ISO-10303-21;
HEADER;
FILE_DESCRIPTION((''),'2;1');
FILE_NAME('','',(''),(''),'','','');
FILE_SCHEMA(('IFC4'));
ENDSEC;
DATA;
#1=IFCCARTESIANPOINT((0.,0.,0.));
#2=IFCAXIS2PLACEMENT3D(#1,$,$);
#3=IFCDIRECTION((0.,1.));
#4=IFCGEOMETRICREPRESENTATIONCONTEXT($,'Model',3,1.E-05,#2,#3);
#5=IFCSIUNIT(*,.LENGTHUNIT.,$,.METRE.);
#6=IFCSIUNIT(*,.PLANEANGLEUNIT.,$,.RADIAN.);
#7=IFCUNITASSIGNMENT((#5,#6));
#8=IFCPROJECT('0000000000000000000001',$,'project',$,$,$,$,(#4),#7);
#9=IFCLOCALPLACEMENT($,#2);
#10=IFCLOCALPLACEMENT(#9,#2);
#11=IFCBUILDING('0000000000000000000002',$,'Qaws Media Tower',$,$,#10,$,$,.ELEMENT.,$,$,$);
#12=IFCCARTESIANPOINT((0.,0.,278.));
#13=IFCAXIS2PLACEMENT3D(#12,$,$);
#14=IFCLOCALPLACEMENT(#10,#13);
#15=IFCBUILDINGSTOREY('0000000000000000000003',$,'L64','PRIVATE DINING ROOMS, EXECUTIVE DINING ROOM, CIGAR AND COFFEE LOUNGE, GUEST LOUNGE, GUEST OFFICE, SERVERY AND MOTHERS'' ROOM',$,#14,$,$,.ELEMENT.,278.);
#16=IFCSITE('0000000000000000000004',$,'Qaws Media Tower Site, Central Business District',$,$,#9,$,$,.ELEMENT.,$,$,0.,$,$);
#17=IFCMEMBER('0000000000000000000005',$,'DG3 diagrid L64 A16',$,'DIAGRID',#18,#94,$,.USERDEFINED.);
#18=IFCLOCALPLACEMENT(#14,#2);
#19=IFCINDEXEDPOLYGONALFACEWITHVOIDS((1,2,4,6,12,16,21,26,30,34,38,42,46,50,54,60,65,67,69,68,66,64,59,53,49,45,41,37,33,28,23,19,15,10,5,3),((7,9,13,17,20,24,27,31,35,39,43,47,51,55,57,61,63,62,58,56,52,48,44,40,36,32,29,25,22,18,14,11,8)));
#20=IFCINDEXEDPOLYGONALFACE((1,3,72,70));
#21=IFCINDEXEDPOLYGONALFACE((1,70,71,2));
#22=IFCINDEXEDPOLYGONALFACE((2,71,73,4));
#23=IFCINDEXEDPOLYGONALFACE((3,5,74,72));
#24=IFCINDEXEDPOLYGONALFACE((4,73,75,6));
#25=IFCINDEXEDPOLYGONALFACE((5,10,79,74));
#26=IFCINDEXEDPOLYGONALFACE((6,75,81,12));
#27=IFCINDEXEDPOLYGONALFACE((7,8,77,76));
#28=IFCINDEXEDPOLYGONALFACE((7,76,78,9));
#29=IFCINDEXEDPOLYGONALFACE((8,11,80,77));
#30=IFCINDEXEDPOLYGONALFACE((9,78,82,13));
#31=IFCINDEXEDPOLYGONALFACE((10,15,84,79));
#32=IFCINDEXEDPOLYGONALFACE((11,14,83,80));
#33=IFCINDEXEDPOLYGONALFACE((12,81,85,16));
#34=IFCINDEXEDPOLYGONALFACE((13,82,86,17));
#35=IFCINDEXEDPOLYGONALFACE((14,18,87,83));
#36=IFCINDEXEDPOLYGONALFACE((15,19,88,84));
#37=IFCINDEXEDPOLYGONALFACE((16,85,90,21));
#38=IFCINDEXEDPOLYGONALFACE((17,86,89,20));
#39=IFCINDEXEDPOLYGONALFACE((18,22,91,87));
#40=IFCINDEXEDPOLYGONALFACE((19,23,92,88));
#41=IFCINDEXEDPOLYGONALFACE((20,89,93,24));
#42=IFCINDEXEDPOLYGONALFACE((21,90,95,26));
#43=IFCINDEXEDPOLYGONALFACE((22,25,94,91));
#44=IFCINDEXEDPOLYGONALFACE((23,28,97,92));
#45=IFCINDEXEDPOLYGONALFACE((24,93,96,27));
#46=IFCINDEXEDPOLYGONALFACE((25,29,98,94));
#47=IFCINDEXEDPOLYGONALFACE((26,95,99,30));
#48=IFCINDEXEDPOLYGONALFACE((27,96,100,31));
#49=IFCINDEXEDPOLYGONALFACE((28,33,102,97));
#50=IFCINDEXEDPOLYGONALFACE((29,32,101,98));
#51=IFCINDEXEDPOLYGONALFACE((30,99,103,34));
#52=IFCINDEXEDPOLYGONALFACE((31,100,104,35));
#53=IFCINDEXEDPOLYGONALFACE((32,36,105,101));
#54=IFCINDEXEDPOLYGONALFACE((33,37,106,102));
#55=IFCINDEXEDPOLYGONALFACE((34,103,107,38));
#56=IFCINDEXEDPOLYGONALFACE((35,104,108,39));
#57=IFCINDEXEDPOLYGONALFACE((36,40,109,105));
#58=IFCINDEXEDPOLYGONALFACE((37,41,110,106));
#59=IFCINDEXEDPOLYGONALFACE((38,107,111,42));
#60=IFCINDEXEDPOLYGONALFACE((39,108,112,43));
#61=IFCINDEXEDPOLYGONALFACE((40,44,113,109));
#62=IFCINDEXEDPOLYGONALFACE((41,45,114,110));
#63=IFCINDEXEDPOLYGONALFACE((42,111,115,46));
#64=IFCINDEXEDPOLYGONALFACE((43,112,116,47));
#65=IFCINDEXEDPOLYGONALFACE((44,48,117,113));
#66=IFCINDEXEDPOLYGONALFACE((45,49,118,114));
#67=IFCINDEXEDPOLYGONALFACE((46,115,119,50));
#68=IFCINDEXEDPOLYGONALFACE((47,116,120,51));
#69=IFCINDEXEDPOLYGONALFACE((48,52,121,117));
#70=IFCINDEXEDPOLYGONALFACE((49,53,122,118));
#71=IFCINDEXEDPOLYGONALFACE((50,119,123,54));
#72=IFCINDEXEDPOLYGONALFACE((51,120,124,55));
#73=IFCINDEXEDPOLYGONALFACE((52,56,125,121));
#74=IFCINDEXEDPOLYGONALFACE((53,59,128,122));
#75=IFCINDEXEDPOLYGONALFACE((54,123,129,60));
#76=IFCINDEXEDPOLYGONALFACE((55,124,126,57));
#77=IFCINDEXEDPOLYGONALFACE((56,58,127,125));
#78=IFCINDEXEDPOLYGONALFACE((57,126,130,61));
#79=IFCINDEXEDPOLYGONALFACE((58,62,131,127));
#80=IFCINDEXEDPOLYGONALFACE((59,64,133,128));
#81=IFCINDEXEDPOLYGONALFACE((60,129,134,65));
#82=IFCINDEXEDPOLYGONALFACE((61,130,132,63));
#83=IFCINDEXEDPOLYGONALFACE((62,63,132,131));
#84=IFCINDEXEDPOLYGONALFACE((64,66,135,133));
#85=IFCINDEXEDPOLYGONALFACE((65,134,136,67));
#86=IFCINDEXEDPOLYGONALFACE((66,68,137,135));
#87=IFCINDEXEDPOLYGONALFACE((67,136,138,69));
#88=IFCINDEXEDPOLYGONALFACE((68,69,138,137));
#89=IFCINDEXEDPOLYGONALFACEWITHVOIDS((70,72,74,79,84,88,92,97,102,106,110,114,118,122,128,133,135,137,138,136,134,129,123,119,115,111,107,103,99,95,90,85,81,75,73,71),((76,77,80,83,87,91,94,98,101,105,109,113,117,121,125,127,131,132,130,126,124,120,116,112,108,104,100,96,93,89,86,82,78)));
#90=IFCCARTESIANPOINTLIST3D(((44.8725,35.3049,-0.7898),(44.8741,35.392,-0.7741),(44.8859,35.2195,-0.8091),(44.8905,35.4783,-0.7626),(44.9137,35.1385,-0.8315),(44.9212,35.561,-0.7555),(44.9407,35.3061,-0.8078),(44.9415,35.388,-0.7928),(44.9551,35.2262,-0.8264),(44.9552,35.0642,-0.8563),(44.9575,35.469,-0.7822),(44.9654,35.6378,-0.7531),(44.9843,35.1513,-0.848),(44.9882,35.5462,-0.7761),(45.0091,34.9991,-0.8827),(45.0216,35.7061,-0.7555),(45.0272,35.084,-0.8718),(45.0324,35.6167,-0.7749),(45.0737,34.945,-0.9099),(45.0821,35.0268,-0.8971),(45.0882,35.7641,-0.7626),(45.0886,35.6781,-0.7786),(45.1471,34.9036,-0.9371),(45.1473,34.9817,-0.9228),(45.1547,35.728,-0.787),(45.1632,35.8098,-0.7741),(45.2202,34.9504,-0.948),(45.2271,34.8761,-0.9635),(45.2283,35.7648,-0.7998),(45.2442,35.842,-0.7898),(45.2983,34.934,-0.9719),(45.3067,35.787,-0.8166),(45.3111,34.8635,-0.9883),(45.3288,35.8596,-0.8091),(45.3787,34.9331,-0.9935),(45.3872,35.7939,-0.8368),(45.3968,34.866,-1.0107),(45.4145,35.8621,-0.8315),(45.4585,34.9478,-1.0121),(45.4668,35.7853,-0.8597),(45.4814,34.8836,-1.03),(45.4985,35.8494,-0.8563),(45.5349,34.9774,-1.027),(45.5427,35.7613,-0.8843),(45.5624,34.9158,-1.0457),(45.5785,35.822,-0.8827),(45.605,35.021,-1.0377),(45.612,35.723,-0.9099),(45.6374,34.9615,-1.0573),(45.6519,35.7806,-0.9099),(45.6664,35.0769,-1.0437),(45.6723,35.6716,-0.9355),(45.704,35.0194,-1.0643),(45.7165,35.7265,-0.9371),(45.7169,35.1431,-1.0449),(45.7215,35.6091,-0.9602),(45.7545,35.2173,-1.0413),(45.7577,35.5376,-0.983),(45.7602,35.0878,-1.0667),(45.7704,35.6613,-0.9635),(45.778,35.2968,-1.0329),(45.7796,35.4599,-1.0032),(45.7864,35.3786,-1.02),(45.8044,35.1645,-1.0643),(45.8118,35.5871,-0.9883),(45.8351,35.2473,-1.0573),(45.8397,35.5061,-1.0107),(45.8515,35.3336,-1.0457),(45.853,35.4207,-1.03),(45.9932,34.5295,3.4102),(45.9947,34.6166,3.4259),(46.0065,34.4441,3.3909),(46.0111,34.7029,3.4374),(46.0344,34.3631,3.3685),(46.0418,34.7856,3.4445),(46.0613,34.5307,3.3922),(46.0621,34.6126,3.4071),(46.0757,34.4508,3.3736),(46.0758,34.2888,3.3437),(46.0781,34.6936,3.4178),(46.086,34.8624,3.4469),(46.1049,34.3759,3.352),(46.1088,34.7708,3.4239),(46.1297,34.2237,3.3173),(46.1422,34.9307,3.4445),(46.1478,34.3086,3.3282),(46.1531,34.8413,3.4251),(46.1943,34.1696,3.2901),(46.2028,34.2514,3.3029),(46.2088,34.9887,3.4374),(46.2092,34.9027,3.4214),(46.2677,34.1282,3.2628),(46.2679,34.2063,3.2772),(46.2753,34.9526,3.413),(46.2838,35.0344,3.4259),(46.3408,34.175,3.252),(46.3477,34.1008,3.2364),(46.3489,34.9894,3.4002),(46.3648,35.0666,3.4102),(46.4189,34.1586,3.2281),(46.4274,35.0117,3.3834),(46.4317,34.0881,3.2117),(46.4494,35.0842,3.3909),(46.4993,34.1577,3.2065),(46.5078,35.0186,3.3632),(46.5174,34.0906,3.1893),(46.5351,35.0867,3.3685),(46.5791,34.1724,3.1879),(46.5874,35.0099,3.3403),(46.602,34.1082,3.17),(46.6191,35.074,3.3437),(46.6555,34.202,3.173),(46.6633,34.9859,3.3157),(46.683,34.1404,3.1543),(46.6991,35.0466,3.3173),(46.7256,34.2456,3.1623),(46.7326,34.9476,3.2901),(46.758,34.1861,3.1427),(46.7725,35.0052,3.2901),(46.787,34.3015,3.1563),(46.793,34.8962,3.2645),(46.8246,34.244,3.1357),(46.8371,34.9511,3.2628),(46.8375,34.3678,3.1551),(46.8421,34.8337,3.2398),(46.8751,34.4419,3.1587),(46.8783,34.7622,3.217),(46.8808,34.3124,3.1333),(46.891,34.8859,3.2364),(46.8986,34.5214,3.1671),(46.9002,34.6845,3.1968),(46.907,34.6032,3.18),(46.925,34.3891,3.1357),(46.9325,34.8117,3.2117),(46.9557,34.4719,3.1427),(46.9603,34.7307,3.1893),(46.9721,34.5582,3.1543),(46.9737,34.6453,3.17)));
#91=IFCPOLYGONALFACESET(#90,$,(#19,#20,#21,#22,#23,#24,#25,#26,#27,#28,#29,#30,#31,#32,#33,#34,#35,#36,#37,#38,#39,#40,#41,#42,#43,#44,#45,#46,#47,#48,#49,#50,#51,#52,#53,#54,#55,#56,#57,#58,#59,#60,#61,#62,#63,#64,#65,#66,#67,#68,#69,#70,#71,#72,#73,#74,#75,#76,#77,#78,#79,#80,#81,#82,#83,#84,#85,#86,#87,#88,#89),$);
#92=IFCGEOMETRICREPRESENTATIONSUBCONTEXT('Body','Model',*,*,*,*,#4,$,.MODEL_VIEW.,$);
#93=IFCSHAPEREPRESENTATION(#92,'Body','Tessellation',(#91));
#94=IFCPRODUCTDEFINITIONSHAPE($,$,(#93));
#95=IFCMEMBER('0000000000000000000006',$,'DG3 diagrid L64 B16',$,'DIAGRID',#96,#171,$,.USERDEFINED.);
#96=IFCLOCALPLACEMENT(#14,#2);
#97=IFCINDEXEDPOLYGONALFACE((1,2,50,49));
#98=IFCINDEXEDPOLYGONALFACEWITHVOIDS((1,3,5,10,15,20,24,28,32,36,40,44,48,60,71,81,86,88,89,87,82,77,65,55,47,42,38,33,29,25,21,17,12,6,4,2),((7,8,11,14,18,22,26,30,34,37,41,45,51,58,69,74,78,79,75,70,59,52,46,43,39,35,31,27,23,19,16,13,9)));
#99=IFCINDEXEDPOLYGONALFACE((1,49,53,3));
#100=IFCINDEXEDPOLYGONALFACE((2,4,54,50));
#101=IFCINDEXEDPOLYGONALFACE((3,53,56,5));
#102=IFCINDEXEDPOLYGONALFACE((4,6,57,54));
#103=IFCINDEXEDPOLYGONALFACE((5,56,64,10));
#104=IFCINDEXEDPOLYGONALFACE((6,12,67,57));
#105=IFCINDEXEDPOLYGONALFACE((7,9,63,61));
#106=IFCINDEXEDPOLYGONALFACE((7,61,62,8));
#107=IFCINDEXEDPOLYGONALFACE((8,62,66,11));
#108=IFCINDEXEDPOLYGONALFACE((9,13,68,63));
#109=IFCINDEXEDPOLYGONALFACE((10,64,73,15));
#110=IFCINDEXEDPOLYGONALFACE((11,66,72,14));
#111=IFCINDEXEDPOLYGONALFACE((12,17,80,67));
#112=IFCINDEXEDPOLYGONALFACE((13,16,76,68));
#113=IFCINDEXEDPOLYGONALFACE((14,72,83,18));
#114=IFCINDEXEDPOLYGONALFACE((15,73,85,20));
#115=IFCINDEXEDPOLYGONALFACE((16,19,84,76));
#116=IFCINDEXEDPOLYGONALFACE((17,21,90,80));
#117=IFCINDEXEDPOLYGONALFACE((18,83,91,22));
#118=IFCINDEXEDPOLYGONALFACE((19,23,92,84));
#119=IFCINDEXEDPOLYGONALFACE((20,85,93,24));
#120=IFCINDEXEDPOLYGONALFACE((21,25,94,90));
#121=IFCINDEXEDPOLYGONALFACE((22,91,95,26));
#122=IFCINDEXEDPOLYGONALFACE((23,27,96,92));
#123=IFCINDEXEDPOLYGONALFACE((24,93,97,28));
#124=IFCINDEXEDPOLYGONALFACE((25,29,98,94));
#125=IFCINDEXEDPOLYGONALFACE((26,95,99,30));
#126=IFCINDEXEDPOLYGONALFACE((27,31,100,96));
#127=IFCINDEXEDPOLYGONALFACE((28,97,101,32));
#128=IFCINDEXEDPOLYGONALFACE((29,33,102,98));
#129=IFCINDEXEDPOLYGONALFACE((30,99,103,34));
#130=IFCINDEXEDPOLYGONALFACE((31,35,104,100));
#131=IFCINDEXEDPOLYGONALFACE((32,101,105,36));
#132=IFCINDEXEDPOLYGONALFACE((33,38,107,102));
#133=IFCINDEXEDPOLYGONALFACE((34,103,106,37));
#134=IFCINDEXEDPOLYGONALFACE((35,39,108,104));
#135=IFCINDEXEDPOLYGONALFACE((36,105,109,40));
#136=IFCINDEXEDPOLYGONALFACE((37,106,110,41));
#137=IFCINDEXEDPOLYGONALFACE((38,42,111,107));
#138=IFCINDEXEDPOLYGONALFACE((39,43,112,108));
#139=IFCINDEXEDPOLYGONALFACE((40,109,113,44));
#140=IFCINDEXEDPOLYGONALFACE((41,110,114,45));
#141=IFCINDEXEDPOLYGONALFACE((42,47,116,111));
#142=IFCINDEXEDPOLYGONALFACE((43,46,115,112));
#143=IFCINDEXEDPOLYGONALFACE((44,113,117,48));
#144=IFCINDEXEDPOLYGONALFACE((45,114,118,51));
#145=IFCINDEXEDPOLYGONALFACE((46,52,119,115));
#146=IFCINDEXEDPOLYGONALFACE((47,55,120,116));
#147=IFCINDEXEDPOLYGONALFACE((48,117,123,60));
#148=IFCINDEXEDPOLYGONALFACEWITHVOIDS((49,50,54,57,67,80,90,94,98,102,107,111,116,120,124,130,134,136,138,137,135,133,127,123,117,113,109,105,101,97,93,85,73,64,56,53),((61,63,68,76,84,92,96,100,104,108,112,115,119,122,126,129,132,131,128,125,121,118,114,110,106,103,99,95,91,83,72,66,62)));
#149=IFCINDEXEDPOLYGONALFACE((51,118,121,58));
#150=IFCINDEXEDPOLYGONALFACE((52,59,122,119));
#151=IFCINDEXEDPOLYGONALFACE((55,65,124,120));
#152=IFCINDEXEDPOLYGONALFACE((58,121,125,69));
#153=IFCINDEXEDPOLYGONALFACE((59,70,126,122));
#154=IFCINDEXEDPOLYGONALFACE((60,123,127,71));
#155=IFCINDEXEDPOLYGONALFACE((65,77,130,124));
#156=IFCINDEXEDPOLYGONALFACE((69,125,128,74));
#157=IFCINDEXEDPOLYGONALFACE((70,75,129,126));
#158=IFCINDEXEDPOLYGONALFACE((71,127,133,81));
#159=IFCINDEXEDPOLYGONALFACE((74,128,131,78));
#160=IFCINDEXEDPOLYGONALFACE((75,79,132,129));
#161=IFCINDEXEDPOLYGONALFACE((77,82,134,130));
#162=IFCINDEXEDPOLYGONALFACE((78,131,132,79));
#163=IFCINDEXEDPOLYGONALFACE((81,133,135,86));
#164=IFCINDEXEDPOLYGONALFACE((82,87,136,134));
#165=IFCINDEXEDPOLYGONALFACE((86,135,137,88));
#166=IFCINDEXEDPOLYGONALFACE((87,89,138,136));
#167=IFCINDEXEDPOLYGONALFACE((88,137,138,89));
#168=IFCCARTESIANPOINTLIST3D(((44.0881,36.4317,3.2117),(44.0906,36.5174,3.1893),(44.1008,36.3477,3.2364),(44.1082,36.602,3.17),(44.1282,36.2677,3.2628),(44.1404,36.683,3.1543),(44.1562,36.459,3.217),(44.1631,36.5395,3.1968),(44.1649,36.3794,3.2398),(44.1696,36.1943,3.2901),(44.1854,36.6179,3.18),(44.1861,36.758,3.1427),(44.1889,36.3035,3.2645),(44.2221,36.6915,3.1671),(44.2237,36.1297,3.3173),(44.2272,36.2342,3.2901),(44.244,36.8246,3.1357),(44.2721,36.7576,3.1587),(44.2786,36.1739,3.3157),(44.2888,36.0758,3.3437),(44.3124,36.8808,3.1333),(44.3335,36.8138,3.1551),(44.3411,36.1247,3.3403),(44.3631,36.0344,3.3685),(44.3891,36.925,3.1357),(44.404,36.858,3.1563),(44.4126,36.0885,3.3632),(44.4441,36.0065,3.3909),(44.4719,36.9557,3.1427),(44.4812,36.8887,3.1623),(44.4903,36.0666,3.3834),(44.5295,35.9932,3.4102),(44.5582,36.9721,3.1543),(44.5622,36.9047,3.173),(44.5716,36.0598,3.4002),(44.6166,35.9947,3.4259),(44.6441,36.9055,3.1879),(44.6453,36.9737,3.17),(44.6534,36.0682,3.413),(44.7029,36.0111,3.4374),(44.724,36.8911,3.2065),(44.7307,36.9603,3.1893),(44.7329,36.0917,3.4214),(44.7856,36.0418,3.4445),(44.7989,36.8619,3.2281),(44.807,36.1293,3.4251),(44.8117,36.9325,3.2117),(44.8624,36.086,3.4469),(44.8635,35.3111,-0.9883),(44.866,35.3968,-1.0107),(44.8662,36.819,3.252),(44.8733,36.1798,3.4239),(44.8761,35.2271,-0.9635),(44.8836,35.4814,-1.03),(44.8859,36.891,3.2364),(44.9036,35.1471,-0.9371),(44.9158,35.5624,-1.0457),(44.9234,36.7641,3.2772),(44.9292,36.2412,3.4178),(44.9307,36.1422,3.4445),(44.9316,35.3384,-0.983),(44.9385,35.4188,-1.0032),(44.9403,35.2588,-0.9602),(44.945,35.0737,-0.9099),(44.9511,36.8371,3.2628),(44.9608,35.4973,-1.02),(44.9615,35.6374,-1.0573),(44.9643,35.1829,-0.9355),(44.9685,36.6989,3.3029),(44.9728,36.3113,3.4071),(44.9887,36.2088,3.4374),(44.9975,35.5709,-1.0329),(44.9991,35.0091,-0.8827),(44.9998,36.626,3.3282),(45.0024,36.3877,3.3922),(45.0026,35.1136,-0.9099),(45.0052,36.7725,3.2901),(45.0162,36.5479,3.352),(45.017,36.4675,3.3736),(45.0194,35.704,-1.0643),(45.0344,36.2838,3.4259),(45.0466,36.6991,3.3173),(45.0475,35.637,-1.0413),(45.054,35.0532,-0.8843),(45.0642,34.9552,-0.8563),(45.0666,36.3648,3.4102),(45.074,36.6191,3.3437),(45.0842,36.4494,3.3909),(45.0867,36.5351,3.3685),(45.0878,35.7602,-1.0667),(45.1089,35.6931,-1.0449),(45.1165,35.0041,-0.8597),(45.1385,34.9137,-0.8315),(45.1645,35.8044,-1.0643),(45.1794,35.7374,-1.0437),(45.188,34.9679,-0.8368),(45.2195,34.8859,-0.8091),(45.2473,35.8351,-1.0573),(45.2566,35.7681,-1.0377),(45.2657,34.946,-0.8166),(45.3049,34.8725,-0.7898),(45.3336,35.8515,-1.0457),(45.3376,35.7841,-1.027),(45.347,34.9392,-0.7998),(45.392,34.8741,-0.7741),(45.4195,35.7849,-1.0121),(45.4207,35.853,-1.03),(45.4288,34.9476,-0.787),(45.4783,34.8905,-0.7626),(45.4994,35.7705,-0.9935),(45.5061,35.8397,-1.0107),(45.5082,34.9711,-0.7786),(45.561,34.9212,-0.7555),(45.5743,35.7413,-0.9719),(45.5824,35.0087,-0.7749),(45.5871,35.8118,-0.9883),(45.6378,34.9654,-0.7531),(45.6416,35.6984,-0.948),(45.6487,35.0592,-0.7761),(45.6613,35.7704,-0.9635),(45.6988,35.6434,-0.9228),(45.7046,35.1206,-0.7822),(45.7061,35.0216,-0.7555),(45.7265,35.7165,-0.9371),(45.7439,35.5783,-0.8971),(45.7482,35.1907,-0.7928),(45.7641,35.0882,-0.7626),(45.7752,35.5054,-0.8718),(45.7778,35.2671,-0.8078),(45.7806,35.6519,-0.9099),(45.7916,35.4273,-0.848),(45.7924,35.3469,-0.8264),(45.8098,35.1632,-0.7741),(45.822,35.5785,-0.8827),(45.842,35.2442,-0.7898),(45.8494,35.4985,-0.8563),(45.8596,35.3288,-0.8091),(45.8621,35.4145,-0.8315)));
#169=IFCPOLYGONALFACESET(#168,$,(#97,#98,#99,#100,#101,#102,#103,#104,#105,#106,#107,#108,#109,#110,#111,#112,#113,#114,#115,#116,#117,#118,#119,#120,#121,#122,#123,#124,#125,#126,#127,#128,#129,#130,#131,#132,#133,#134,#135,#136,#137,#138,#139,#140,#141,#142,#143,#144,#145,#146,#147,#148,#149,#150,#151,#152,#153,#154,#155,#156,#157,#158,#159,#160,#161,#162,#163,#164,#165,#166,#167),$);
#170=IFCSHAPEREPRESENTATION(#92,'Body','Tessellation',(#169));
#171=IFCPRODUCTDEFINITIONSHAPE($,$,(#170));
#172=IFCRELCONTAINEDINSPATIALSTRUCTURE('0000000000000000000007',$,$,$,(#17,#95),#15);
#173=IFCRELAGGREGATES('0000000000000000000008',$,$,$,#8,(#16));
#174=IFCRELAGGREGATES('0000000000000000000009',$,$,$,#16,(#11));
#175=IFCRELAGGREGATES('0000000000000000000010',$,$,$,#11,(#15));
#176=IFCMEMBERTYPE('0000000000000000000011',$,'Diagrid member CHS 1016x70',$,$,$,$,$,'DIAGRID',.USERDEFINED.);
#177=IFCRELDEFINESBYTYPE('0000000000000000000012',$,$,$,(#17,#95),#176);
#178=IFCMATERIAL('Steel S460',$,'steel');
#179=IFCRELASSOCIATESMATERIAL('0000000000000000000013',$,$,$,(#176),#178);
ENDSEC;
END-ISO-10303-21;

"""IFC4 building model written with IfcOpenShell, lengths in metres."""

from ifc_helpers import new_model, si_unit, direction, frame, origin, origin_2d, place, context, subcontext, project, spatial, hollow_circle, extrude, material, material_profile, profile_set, type_object, element, save


model = new_model("IFC4")

# Units and contexts
model_context = context("Model", 3, precision=1e-05, world=origin(), true_north=direction((0.0, 1.0)))
body_context = subcontext(model_context, "Body", "Model", "MODEL_VIEW")
ifc_project = project(units=[si_unit("LENGTHUNIT", "METRE"), si_unit("PLANEANGLEUNIT", "RADIAN")], contexts=[model_context])

# Site, building, storey
site_placement = place(None, origin())
site = spatial("IfcSite", under=ifc_project, at=site_placement, Name="Qaws Media Tower Site, Central Business District", CompositionType="ELEMENT", RefElevation=0.0)
building_placement = place(site_placement, origin())
building = spatial("IfcBuilding", under=site, at=building_placement, Name="Qaws Media Tower", CompositionType="ELEMENT")
storey_placement = place(building_placement, frame((0.0, 0.0, 278.0)))
storey = spatial("IfcBuildingStorey", under=building, at=storey_placement, Name="L64", Description="PRIVATE DINING ROOMS, EXECUTIVE DINING ROOM, CIGAR AND COFFEE LOUNGE, GUEST LOUNGE, GUEST OFFICE, SERVERY AND MOTHERS' ROOM", CompositionType="ELEMENT", Elevation=278.0)

# Members
ifc_material_1 = material(Name="Steel S460", Category="steel")
ifc_material_profile_1 = material_profile(ifc_material_1, hollow_circle(Radius=0.5081, WallThickness=0.0701, at=origin_2d()), Name="CHS 1016x70")
ifc_profile_set_1 = profile_set([ifc_material_profile_1], Name="Steel S460")
member_type_1 = type_object("IfcMemberType", Name="Diagrid member CHS 1016x70", ElementType="DIAGRID", PredefinedType="USERDEFINED", material=ifc_profile_set_1)
for number, where, z_axis, x_axis, name in (
    (1, (45.3628, 35.3628, -0.9099), (0.253789, -0.175607, 0.951185), (0.569005, 0.822334, 0.0), "DG3 diagrid L64 A16"),
    (2, (45.3628, 35.3628, -0.9099), (-0.175607, 0.253789, 0.951185), (-0.822334, -0.569005, 0.0), "DG3 diagrid L64 B16"),
):
    element("IfcMember", number, at=place(storey_placement, frame(where, z_axis=z_axis, x_axis=x_axis)), inside=storey, type_object=member_type_1, Name=name, ObjectType="DIAGRID", PredefinedType="USERDEFINED", context=body_context, shape_type="SweptSolid", body=[
        extrude(hollow_circle(Radius=0.5081, WallThickness=0.0701, at=origin_2d()), origin(), (0.0, 0.0, 1.0), 4.4155),
    ])

save(model, "model.ifc")
